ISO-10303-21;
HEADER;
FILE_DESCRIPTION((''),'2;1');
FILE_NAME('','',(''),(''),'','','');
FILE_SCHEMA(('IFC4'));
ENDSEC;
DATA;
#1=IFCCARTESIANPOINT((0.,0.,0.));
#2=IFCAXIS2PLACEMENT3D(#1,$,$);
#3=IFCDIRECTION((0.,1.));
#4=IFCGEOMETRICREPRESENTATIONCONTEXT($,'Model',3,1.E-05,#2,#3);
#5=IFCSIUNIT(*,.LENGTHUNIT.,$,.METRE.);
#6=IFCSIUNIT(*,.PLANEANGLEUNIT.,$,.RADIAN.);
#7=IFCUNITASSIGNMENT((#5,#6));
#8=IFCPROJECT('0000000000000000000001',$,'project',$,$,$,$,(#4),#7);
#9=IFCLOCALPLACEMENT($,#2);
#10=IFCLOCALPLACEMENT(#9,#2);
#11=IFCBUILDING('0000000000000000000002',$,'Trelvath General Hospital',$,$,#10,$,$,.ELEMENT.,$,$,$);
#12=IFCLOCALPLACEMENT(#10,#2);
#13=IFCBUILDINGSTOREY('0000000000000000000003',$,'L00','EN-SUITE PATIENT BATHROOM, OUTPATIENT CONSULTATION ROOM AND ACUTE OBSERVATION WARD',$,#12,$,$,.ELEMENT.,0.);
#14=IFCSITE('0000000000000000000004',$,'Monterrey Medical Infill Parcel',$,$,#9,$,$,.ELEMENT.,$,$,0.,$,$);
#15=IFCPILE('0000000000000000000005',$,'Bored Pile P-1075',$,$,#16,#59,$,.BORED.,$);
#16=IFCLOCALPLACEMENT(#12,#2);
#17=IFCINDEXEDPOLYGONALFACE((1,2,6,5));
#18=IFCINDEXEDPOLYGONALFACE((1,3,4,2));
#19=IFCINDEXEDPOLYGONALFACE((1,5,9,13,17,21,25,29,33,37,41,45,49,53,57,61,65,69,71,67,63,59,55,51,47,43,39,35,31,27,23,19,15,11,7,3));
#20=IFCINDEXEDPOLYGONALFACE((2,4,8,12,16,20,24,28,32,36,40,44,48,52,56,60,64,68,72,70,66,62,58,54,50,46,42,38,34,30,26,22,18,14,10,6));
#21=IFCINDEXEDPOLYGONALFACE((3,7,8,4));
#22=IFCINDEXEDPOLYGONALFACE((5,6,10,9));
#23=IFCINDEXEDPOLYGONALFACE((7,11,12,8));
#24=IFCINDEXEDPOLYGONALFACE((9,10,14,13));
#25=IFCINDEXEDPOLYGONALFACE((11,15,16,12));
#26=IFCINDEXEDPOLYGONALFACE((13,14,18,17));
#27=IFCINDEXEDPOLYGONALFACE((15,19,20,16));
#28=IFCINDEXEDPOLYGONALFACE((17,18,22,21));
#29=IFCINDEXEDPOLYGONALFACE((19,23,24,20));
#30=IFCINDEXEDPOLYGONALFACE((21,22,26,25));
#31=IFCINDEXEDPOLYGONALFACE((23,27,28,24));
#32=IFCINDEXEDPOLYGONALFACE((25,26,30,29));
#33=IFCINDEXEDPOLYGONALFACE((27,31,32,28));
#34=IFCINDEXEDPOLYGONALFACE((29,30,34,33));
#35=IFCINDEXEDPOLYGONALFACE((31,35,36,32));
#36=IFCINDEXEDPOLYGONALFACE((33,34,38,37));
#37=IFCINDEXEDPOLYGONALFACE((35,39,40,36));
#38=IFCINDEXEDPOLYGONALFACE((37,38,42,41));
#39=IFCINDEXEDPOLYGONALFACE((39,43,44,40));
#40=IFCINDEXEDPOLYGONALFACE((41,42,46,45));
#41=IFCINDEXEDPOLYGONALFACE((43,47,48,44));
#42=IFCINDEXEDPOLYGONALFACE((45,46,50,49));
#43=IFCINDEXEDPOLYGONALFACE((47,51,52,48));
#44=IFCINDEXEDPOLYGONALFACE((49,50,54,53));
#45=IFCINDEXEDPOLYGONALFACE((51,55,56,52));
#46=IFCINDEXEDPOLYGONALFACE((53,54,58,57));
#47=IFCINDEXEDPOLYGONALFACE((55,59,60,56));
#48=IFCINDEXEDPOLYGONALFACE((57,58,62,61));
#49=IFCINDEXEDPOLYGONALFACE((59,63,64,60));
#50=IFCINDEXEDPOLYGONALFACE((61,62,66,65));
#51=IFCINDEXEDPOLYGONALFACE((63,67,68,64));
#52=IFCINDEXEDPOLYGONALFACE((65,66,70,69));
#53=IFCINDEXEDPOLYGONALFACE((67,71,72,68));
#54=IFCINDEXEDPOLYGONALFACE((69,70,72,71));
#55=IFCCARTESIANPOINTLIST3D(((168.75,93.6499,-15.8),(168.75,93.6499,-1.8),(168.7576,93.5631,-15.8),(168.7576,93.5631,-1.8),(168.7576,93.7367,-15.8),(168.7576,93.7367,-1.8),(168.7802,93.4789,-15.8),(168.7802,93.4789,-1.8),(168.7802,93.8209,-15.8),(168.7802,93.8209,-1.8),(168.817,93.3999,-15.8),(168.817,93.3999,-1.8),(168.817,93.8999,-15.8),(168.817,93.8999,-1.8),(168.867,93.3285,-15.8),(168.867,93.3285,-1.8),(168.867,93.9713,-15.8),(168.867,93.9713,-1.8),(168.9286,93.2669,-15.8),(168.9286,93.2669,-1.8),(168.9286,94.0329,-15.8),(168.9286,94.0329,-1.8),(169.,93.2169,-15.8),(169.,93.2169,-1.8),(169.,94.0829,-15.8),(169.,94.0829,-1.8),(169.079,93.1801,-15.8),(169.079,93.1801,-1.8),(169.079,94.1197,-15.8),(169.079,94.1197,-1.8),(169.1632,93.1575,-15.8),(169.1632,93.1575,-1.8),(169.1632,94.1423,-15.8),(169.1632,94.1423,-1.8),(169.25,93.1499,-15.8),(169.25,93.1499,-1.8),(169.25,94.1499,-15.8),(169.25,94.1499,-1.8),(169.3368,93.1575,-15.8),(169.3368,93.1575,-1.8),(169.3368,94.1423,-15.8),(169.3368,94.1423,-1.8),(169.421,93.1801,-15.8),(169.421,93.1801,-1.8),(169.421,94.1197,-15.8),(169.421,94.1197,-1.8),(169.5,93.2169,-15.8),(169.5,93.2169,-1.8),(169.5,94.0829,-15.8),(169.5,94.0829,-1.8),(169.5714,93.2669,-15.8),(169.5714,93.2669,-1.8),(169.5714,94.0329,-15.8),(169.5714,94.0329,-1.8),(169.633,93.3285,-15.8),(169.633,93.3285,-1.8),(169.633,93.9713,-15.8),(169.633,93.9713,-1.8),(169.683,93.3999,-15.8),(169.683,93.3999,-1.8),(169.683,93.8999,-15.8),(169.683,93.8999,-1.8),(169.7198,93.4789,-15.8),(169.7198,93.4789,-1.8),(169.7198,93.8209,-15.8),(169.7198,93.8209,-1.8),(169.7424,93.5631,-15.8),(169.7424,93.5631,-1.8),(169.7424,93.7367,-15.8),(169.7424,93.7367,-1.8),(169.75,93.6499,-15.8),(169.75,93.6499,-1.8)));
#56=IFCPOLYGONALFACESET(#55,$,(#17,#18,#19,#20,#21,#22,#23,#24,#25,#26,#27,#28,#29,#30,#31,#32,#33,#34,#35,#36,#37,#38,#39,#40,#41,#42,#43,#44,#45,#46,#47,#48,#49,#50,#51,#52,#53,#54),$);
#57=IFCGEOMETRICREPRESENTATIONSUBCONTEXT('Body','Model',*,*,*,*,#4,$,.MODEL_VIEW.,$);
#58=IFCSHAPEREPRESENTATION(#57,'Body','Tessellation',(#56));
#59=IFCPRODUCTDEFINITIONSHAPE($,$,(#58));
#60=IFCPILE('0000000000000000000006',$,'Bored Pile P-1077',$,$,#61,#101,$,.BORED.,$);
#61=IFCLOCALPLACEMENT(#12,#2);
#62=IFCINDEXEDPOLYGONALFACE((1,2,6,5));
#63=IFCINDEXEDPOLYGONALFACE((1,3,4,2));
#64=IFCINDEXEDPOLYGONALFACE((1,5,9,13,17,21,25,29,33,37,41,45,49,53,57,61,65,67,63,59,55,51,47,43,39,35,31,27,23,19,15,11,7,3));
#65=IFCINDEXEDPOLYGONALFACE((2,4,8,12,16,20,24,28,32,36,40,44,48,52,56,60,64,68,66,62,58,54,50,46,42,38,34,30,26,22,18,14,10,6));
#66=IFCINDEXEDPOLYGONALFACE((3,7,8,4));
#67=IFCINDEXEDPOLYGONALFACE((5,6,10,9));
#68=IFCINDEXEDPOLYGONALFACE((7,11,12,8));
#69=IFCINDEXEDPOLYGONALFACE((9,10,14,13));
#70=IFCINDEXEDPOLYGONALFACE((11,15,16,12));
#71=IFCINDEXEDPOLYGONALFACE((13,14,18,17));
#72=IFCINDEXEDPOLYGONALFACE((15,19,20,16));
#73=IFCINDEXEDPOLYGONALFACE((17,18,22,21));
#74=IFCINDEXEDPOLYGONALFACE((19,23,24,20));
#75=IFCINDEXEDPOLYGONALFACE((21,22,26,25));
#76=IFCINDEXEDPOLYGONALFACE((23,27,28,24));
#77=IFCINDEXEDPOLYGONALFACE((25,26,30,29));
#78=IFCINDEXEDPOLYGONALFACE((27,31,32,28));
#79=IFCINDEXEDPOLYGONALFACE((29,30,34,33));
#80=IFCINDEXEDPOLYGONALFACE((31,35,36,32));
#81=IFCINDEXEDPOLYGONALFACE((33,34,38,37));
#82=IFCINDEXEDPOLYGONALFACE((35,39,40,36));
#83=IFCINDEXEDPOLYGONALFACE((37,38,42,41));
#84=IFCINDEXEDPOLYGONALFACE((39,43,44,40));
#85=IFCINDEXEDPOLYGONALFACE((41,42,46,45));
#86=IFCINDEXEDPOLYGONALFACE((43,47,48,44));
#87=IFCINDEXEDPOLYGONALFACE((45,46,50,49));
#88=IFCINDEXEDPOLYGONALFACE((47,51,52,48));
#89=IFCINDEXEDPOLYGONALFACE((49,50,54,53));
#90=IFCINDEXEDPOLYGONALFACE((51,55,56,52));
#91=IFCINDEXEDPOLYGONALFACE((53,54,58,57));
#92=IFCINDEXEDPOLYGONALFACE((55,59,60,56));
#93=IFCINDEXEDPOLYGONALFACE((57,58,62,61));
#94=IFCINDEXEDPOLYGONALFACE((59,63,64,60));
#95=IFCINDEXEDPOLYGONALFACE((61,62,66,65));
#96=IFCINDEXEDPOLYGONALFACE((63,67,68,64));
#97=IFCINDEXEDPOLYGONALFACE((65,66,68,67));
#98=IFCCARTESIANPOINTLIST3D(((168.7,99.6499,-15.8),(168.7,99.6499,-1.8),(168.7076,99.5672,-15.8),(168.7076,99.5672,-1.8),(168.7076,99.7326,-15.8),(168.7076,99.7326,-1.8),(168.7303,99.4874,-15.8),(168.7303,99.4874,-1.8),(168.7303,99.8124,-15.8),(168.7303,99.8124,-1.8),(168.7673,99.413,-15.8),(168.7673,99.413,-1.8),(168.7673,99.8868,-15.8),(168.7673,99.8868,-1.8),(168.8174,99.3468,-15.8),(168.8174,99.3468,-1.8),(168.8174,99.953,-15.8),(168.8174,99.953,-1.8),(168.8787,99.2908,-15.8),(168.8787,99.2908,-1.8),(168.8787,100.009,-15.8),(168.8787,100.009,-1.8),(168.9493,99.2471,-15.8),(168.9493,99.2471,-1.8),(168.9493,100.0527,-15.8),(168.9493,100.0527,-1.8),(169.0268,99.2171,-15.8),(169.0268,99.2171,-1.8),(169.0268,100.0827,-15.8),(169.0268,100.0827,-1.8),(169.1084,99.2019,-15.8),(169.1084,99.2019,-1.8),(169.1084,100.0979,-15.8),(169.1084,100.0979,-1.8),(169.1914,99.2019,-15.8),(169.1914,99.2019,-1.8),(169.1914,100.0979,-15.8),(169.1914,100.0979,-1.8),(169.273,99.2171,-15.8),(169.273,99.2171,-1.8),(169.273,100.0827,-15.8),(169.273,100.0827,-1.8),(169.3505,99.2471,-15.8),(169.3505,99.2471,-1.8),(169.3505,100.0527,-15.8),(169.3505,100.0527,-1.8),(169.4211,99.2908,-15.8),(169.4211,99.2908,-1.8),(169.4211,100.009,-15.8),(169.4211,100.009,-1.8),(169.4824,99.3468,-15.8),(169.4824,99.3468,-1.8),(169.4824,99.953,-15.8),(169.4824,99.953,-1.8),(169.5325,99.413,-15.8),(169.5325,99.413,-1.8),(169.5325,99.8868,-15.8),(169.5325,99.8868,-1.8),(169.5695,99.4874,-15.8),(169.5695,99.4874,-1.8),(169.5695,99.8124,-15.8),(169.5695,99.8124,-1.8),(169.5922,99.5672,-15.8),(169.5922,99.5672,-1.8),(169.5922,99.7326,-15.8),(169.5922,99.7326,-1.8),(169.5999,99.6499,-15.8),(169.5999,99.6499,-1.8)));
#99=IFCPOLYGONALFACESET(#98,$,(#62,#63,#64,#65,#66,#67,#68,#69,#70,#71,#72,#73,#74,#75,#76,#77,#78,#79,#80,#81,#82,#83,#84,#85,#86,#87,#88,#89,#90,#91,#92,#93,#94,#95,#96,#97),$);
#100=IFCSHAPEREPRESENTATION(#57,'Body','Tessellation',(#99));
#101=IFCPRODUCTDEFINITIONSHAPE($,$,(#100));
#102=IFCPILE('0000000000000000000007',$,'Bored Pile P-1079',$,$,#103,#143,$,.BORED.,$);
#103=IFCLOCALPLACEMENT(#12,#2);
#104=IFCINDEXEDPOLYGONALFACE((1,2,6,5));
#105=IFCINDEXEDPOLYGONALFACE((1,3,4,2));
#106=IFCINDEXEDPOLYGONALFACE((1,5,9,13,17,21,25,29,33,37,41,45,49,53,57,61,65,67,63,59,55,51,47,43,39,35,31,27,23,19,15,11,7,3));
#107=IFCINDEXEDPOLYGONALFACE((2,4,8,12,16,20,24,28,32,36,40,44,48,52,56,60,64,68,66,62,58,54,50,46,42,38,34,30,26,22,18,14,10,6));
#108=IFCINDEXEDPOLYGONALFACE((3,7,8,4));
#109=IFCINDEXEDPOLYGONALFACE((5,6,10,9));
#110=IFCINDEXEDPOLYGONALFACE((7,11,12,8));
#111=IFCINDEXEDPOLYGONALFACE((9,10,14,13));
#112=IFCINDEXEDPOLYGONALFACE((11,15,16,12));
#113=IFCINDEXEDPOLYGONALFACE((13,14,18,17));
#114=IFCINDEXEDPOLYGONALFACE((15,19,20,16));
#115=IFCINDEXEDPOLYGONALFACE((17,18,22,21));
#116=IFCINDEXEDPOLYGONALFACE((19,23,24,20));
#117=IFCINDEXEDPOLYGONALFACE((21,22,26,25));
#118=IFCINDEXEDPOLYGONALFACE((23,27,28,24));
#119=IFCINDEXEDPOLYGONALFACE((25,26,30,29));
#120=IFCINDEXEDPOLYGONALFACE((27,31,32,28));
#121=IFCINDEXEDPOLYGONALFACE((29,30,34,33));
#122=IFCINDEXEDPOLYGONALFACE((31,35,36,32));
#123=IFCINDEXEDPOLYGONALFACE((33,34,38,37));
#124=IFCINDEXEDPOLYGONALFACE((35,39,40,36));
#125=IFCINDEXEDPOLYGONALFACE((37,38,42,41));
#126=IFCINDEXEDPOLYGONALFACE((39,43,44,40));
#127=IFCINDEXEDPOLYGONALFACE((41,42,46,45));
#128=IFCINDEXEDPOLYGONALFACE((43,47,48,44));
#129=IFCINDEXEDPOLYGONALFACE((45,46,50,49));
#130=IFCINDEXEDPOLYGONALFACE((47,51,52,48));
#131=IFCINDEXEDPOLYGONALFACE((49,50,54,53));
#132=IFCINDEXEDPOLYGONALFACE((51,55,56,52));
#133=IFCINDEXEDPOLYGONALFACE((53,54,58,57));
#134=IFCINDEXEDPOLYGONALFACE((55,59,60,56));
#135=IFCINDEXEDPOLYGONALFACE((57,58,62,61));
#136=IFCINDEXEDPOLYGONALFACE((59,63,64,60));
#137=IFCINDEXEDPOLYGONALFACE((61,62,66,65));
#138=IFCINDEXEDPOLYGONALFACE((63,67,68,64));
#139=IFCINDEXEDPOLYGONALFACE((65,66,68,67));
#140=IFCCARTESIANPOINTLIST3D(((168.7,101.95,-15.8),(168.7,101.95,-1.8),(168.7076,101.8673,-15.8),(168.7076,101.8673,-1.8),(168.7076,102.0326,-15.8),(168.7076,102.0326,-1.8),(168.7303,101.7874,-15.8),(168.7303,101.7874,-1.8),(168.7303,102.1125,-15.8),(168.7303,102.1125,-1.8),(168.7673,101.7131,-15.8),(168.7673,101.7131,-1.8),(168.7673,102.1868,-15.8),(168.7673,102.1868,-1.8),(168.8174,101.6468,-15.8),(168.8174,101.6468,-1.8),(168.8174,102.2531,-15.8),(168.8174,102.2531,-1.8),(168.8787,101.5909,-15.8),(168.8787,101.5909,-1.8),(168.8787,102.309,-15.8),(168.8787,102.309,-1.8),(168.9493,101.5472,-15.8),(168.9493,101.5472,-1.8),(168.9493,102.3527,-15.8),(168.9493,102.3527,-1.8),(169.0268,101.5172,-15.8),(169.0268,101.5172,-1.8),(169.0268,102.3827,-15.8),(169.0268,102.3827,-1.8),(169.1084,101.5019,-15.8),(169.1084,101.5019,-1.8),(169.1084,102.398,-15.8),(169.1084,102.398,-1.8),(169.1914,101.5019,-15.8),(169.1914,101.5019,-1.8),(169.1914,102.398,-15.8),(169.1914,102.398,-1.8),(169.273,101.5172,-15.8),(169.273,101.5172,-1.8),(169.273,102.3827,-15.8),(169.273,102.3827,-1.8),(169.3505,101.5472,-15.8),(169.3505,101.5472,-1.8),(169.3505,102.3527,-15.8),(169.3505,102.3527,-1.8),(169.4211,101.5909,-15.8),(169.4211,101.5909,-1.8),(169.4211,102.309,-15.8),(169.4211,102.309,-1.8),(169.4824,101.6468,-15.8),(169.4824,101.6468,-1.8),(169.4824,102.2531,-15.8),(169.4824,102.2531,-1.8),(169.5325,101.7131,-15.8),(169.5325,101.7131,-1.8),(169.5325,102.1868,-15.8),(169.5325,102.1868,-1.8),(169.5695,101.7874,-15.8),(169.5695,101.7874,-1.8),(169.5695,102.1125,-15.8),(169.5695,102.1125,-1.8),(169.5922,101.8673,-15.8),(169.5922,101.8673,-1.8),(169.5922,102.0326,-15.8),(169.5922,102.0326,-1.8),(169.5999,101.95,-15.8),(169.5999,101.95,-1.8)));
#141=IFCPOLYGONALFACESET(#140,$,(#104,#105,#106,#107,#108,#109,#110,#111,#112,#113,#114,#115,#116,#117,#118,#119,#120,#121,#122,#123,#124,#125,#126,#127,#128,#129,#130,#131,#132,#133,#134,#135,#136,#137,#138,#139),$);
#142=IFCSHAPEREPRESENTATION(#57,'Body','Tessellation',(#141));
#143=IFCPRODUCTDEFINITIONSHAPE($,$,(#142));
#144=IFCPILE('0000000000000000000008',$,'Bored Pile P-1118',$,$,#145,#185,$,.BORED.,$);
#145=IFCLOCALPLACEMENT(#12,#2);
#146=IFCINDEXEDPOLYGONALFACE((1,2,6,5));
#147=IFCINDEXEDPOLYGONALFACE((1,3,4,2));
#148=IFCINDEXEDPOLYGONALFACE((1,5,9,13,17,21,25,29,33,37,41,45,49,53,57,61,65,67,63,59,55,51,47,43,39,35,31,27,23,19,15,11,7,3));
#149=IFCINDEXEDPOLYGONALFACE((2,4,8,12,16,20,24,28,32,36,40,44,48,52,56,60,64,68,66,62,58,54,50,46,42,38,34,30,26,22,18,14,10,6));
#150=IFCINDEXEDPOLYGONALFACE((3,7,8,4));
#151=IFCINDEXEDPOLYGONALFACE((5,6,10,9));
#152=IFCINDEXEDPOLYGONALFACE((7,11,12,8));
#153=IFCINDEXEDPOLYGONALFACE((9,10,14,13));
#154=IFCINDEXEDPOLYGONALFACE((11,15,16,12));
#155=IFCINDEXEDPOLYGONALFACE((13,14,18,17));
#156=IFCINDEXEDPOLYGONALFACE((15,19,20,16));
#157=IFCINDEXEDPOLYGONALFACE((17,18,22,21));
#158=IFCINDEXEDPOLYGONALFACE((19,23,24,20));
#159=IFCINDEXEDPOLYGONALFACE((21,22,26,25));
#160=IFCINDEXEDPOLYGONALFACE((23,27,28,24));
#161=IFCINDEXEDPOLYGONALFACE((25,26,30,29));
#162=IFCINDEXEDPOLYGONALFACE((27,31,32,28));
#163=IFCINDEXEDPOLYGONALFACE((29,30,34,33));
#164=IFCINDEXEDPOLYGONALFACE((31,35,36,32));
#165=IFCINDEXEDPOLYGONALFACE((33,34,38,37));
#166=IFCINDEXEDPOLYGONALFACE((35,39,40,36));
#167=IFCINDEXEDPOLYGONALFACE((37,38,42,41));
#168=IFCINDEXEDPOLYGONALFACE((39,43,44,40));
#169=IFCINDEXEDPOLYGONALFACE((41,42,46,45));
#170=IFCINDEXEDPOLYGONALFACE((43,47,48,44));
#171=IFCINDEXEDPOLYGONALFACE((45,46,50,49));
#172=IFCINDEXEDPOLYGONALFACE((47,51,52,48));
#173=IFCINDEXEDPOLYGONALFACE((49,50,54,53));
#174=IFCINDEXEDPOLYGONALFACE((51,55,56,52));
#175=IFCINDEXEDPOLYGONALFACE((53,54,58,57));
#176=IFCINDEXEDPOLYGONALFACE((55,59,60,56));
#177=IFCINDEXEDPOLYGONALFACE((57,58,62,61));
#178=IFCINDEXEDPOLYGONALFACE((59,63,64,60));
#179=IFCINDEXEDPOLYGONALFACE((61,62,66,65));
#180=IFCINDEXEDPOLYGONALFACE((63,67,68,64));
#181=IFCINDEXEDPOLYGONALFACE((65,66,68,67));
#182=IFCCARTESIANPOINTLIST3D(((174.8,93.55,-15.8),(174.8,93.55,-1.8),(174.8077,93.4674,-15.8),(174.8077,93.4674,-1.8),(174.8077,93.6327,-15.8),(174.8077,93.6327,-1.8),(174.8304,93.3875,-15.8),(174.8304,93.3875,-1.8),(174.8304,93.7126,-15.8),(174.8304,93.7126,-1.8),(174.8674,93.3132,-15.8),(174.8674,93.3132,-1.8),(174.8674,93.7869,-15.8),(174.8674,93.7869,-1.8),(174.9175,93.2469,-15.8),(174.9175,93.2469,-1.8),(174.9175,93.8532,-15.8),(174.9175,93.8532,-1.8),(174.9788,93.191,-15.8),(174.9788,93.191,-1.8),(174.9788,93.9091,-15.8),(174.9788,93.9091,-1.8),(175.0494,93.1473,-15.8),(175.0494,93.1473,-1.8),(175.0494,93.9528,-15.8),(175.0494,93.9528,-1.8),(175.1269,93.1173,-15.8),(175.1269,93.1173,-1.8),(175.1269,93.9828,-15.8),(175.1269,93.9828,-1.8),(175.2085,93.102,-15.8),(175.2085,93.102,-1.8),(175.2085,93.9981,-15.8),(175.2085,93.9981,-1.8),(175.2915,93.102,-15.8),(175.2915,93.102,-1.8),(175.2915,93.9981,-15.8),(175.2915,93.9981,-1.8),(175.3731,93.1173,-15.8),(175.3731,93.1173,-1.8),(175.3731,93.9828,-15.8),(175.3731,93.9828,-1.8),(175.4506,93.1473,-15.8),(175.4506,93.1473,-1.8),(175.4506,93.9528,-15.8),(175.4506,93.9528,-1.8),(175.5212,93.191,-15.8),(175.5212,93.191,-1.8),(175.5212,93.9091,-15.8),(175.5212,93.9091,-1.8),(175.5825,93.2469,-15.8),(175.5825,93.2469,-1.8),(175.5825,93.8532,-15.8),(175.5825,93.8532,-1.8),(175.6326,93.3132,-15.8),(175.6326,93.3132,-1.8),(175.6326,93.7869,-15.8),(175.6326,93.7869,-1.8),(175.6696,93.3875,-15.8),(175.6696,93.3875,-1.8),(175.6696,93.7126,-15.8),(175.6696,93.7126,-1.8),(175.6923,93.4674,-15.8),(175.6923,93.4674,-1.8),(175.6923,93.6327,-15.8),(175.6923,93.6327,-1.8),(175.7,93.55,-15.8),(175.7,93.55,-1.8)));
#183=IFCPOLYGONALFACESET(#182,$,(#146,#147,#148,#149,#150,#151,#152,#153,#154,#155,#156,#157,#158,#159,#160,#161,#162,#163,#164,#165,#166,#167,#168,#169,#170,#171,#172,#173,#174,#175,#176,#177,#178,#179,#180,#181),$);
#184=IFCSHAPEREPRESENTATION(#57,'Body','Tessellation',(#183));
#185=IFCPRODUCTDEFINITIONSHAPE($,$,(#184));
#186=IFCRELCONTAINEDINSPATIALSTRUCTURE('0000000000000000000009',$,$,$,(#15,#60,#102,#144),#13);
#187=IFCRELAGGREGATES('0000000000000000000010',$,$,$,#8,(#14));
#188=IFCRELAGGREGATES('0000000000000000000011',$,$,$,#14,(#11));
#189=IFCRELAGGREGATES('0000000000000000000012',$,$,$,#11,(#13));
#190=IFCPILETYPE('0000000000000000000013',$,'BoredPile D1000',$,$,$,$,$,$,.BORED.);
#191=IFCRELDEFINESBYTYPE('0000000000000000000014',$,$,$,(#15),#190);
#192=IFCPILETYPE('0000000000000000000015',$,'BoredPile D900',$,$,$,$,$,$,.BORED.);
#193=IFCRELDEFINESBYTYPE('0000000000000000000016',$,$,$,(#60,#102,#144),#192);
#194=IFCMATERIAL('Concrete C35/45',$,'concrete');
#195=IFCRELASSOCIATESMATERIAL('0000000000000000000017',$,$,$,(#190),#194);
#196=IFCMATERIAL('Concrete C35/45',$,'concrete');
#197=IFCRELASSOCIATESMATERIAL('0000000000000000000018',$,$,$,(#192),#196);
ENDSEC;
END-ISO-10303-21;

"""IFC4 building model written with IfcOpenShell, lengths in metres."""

from ifc_helpers import new_model, si_unit, direction, frame, origin, origin_2d, place, context, subcontext, project, spatial, circle, extrude, material, material_profile, profile_set, type_object, element, save


model = new_model("IFC4")

# Units and contexts
model_context = context("Model", 3, precision=1e-05, world=origin(), true_north=direction((0.0, 1.0)))
body_context = subcontext(model_context, "Body", "Model", "MODEL_VIEW")
ifc_project = project(units=[si_unit("LENGTHUNIT", "METRE"), si_unit("PLANEANGLEUNIT", "RADIAN")], contexts=[model_context])

# Site, building, storey
site_placement = place(None, origin())
site = spatial("IfcSite", under=ifc_project, at=site_placement, Name="Monterrey Medical Infill Parcel", CompositionType="ELEMENT", RefElevation=0.0)
building_placement = place(site_placement, origin())
building = spatial("IfcBuilding", under=site, at=building_placement, Name="Trelvath General Hospital", CompositionType="ELEMENT")
storey_placement = place(building_placement, origin())
storey = spatial("IfcBuildingStorey", under=building, at=storey_placement, Name="L00", Description="EN-SUITE PATIENT BATHROOM, OUTPATIENT CONSULTATION ROOM AND ACUTE OBSERVATION WARD", CompositionType="ELEMENT", Elevation=0.0)

# Piles
ifc_material_1 = material(Name="Concrete C35/45", Category="concrete")
ifc_material_profile_1 = material_profile(ifc_material_1, circle(Radius=0.5, at=origin_2d()), Name="PILE1000")
ifc_profile_set_1 = profile_set([ifc_material_profile_1], Name="Concrete C35/45")
pile_type_1 = type_object("IfcPileType", Name="BoredPile D1000", PredefinedType="BORED", material=ifc_profile_set_1)
pile_placement = place(storey_placement, frame((169.25, 93.6499, -1.8), z_axis=(0.0, 0.0, -1.0), x_axis=(1.0, 0.0, 0.0)))
element("IfcPile", 1, at=pile_placement, inside=storey, type_object=pile_type_1, Name="Bored Pile P-1075", PredefinedType="BORED", context=body_context, shape_type="SweptSolid", body=[
    extrude(circle(Radius=0.5, at=origin_2d()), origin(), (0.0, 0.0, 1.0), 14.0),
])
ifc_material_2 = material(Name="Concrete C35/45", Category="concrete")
ifc_material_profile_2 = material_profile(ifc_material_2, circle(Radius=0.45, at=origin_2d()), Name="PILE900")
ifc_profile_set_2 = profile_set([ifc_material_profile_2], Name="Concrete C35/45")
pile_type_2 = type_object("IfcPileType", Name="BoredPile D900", PredefinedType="BORED", material=ifc_profile_set_2)
for number, where, z_axis, x_axis, name in (
    (2, (169.1499, 99.6499, -1.8), (0.0, 0.0, -1.0), (1.0, 0.0, 0.0), "Bored Pile P-1077"),
    (3, (169.1499, 101.95, -1.8), (0.0, 0.0, -1.0), (1.0, 0.0, 0.0), "Bored Pile P-1079"),
    (4, (175.25, 93.55, -1.8), (0.0, 0.0, -1.0), (1.0, 0.0, 0.0), "Bored Pile P-1118"),
):
    element("IfcPile", number, at=place(storey_placement, frame(where, z_axis=z_axis, x_axis=x_axis)), inside=storey, type_object=pile_type_2, Name=name, PredefinedType="BORED", context=body_context, shape_type="SweptSolid", body=[
        extrude(circle(Radius=0.45, at=origin_2d()), origin(), (0.0, 0.0, 1.0), 14.0),
    ])

save(model, "model.ifc")
